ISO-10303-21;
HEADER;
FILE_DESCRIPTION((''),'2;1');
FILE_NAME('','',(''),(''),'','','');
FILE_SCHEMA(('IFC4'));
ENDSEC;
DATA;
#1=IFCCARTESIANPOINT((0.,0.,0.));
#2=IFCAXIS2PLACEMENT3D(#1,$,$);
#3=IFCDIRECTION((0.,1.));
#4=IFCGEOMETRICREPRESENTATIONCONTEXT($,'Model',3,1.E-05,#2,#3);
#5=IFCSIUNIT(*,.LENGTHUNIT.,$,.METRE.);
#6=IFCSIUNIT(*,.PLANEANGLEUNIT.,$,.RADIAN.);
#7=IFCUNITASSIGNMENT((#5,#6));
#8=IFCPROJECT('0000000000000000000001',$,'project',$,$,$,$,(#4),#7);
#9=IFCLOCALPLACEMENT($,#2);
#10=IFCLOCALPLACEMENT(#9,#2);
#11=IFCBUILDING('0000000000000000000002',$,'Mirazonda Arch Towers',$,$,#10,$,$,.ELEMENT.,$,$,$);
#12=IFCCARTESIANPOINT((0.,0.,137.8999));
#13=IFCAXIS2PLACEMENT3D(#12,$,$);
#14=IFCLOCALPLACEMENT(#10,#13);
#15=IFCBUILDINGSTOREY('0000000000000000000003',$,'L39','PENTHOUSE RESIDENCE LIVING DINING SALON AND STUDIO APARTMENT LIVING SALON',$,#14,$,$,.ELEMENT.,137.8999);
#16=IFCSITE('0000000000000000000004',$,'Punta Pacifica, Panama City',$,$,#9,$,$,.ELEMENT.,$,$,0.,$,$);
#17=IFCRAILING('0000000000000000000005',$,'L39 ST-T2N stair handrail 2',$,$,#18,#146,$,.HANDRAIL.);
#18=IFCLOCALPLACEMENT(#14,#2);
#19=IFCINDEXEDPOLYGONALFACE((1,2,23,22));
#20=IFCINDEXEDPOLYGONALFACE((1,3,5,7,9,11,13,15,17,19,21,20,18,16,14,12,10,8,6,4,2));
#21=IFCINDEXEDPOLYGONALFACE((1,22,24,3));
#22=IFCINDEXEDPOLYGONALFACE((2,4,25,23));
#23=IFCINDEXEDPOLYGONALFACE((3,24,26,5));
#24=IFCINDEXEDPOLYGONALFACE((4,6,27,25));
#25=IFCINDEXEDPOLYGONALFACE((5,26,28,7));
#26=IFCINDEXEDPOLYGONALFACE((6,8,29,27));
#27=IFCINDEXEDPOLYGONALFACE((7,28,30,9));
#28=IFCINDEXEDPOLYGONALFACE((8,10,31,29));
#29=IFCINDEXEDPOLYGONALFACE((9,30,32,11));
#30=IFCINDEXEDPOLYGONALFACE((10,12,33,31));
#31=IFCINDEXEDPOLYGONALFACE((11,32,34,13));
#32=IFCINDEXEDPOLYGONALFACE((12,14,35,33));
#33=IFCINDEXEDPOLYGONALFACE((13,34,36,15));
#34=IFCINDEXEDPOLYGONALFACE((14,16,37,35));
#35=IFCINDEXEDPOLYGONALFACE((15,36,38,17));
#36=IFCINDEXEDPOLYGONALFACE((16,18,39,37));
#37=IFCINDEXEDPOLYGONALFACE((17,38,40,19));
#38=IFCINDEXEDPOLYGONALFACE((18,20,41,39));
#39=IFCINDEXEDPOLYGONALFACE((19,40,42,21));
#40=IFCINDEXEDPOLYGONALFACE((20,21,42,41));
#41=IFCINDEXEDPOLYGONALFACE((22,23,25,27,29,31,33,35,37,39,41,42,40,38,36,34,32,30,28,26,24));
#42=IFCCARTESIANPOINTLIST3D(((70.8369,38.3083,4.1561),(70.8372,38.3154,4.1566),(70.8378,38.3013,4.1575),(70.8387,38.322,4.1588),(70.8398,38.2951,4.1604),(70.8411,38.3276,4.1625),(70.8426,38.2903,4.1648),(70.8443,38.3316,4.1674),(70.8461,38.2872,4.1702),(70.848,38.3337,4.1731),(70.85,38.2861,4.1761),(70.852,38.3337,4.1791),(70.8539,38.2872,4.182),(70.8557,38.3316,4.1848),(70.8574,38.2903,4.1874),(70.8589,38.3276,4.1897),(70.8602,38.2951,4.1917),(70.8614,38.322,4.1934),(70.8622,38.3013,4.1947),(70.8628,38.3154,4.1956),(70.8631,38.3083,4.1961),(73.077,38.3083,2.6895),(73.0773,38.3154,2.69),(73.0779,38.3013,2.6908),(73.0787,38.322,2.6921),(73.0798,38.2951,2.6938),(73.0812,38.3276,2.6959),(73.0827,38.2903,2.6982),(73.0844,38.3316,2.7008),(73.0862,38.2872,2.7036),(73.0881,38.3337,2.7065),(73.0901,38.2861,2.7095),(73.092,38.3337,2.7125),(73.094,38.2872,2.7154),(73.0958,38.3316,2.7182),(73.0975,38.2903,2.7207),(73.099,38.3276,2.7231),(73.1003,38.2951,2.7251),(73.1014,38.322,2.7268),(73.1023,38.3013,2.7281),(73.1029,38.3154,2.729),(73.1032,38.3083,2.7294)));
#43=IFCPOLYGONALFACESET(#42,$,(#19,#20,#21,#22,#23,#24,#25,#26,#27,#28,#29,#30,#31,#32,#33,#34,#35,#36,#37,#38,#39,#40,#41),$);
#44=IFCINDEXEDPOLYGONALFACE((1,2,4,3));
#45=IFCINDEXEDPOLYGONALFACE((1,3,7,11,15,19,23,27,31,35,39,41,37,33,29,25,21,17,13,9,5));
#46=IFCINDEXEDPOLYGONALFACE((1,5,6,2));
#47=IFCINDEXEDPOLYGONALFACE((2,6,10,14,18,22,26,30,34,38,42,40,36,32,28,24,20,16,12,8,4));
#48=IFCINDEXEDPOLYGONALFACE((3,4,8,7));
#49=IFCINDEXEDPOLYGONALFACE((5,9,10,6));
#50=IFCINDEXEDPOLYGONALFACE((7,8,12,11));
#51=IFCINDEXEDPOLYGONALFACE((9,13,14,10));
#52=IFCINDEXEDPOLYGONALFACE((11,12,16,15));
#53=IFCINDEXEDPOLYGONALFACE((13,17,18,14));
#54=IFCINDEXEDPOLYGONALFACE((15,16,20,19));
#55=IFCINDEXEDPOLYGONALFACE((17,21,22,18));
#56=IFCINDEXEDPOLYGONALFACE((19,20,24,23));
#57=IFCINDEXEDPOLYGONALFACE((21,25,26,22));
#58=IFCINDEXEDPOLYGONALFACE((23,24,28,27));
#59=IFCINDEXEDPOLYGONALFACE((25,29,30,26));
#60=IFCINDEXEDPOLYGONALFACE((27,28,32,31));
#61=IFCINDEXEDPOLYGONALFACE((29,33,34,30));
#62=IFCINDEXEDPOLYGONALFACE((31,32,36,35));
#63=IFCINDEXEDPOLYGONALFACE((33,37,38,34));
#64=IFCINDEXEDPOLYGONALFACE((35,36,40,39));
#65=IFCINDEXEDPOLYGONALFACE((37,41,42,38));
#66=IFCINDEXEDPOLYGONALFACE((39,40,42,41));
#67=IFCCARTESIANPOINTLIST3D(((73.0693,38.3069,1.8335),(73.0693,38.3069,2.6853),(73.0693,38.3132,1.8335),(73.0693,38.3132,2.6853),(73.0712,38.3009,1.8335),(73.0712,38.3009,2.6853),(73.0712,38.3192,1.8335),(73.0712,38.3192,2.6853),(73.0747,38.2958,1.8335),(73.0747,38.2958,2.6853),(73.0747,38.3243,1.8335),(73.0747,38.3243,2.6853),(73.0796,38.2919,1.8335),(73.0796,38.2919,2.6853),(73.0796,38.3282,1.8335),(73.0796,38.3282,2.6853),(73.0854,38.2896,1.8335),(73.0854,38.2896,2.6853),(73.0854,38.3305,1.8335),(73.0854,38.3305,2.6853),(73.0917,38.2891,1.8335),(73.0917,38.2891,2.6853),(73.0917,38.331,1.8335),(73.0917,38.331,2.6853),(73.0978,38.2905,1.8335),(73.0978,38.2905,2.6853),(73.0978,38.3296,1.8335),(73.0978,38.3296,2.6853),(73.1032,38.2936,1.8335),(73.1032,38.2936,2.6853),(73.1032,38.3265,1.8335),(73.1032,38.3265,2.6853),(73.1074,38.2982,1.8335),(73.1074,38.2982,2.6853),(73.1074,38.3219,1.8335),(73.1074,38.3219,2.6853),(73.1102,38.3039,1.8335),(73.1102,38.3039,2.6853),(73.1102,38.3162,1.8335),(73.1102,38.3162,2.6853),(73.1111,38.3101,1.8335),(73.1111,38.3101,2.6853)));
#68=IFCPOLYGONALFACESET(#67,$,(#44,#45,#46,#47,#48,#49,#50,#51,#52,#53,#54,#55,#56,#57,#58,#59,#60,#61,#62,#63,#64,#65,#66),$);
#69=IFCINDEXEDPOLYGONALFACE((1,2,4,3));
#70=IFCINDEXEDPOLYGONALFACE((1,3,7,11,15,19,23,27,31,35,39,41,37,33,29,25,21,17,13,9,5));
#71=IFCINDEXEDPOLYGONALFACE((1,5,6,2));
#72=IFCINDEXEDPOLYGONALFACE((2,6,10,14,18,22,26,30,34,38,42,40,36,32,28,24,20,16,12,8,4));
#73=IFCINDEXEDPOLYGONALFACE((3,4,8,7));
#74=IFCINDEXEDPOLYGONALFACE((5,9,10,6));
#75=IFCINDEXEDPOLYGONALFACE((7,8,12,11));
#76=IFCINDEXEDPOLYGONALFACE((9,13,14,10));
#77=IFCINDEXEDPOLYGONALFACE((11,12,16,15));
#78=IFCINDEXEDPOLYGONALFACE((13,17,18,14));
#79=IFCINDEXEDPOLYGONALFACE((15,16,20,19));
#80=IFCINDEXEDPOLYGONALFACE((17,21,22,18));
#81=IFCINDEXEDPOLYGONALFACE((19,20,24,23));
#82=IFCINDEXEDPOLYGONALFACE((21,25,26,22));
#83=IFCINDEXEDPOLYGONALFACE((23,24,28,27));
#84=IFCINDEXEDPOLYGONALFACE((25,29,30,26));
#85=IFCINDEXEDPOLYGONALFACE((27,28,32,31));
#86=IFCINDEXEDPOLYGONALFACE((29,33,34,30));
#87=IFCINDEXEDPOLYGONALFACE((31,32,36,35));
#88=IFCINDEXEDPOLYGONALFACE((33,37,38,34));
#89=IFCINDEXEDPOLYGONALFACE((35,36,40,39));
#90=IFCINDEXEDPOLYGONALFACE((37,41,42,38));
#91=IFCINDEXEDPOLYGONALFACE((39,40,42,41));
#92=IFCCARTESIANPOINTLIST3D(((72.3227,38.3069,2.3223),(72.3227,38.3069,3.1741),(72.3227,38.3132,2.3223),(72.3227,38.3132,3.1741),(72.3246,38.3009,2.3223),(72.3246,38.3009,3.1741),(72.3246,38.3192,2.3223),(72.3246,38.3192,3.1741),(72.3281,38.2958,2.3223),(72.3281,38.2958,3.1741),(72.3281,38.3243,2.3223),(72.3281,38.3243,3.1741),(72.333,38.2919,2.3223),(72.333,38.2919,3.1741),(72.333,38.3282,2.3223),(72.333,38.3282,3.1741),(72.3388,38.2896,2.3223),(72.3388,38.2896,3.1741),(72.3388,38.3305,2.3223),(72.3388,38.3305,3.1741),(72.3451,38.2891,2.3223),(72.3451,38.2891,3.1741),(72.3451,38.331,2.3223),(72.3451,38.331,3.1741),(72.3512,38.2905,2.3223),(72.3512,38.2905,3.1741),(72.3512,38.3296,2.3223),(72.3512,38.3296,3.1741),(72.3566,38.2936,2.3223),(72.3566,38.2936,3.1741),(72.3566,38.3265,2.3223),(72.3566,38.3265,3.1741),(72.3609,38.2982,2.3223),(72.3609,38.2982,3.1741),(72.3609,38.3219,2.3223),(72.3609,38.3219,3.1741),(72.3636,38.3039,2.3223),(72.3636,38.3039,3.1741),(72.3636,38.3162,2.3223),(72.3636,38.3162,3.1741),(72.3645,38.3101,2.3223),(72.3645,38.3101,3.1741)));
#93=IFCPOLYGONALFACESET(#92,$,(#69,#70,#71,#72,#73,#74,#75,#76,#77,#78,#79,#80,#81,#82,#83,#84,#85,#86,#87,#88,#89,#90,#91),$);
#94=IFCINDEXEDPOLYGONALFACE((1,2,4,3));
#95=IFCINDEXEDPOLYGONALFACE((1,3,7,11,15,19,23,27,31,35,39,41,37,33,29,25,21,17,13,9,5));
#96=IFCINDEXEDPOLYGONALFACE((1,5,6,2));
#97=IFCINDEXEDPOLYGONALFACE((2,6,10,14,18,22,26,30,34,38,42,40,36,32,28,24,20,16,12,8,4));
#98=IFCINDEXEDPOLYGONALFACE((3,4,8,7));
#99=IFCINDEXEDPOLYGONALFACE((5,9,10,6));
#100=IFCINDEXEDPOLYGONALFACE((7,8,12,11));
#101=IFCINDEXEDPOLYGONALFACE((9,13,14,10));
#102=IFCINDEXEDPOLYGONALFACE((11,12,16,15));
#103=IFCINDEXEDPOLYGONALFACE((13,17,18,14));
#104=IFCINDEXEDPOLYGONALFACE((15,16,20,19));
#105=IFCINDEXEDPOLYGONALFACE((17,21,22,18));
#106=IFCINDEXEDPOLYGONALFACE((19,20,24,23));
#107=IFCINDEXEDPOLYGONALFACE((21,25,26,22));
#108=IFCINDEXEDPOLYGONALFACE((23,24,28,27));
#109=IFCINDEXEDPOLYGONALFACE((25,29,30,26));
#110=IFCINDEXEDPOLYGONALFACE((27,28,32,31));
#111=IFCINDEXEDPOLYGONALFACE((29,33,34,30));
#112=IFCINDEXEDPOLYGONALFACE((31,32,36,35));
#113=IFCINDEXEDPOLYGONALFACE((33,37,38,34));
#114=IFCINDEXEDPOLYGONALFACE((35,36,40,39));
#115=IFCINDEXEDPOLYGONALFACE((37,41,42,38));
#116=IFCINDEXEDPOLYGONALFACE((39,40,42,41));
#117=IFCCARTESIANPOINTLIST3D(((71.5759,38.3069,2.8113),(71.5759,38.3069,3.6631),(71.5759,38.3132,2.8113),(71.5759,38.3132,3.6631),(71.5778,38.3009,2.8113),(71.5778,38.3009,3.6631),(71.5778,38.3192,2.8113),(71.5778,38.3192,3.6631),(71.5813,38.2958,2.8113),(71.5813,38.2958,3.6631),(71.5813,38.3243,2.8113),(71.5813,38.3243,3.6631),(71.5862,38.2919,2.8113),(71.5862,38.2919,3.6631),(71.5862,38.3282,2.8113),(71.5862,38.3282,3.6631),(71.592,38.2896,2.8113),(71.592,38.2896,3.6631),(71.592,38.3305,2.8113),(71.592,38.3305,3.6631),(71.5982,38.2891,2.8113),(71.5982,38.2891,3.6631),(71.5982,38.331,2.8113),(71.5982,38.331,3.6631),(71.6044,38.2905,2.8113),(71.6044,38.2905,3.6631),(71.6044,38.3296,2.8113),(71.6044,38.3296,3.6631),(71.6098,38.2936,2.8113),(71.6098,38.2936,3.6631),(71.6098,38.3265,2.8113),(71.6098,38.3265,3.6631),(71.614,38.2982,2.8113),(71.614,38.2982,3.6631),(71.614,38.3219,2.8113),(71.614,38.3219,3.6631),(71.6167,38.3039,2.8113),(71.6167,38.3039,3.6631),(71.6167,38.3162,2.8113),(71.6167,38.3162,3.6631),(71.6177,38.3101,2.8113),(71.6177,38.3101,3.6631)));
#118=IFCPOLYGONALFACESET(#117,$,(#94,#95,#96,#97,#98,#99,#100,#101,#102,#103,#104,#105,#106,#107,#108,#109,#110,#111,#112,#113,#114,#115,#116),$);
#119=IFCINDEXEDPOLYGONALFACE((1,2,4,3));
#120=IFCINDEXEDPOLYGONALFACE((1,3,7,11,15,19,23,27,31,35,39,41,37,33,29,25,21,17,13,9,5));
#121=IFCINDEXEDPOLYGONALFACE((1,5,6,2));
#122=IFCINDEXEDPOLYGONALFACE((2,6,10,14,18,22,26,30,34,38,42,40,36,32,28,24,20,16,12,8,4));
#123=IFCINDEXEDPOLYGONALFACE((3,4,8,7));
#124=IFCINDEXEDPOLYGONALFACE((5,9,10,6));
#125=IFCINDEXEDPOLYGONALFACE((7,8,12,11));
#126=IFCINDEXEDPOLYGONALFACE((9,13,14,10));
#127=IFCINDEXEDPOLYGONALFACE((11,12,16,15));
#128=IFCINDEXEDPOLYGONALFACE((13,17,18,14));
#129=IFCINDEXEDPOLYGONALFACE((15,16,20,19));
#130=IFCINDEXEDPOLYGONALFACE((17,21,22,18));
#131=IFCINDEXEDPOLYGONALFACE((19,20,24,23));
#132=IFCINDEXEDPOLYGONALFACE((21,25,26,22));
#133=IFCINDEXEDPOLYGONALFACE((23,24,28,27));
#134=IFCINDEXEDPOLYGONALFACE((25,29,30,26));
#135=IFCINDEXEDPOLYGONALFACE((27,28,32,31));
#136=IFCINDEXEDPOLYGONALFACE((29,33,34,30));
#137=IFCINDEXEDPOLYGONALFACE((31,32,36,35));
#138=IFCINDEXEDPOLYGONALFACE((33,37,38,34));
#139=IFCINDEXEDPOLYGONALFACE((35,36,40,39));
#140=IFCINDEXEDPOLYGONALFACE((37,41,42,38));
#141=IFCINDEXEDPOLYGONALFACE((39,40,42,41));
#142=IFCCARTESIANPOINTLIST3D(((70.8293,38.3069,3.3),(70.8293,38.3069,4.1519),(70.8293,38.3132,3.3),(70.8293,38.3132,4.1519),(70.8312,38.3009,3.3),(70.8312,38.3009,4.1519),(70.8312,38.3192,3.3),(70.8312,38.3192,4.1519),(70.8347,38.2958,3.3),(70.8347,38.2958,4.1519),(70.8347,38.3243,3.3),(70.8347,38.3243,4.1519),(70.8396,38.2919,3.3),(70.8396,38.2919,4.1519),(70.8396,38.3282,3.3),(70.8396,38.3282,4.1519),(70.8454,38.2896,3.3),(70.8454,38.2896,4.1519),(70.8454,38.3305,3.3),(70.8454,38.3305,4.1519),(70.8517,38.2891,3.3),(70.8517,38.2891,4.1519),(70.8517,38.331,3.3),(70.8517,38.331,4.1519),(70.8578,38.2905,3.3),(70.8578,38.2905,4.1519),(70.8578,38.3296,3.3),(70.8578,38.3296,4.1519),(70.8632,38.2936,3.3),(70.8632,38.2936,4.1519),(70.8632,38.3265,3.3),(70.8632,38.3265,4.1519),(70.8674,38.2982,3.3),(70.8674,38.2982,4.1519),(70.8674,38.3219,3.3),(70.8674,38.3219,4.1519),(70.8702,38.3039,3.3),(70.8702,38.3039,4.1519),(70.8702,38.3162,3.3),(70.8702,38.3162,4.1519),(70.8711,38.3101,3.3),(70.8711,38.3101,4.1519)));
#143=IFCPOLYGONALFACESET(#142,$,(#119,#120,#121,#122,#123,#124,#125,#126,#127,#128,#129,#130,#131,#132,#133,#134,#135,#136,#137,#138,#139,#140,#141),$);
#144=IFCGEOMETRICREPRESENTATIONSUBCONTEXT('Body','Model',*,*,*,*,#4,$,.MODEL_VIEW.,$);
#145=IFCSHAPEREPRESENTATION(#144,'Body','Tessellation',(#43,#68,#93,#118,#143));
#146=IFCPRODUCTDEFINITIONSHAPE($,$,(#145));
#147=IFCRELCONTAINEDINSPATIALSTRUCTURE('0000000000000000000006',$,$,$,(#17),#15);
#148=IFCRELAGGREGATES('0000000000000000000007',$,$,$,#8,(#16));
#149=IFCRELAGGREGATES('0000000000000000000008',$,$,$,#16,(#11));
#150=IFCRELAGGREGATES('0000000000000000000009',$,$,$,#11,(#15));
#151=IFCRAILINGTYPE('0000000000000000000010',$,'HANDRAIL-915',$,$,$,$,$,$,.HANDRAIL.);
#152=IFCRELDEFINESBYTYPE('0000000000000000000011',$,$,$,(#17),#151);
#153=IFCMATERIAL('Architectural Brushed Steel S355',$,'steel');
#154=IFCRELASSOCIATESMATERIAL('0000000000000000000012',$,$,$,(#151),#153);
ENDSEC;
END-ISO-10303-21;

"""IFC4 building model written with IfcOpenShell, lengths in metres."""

from ifc_helpers import new_model, si_unit, direction, frame, origin, origin_2d, place, context, subcontext, project, spatial, circle, extrude, material, type_object, element, save


model = new_model("IFC4")

# Units and contexts
model_context = context("Model", 3, precision=1e-05, world=origin(), true_north=direction((0.0, 1.0)))
body_context = subcontext(model_context, "Body", "Model", "MODEL_VIEW")
ifc_project = project(units=[si_unit("LENGTHUNIT", "METRE"), si_unit("PLANEANGLEUNIT", "RADIAN")], contexts=[model_context])

# Site, building, storey
site_placement = place(None, origin())
site = spatial("IfcSite", under=ifc_project, at=site_placement, Name="Punta Pacifica, Panama City", CompositionType="ELEMENT", RefElevation=0.0)
building_placement = place(site_placement, origin())
building = spatial("IfcBuilding", under=site, at=building_placement, Name="Mirazonda Arch Towers", CompositionType="ELEMENT")
storey_placement = place(building_placement, frame((0.0, 0.0, 137.8999)))
storey = spatial("IfcBuildingStorey", under=building, at=storey_placement, Name="L39", Description="PENTHOUSE RESIDENCE LIVING DINING SALON AND STUDIO APARTMENT LIVING SALON", CompositionType="ELEMENT", Elevation=137.8999)

# Shared definitions
ifc_material_1 = material(Name="Architectural Brushed Steel S355", Category="steel")

# Railing
railing_type_1 = type_object("IfcRailingType", Name="HANDRAIL-915", PredefinedType="HANDRAIL", material=ifc_material_1)
railing_1_placement = place(storey_placement, frame((73.0901, 38.3101, 1.8335)))
element("IfcRailing", 1, at=railing_1_placement, inside=storey, type_object=railing_type_1, Name="L39 ST-T2N stair handrail 2", PredefinedType="HANDRAIL", context=body_context, shape_type="SweptSolid", body=[
    extrude(circle(Radius=0.0239, at=origin_2d()), frame((0.0, 0.0, 0.876), z_axis=(-0.836637, 0.0, 0.547758), x_axis=(0.0, -1.0, 0.0)), (0.0, 0.0, 1.0), 2.6775),
    extrude(circle(Radius=0.021, at=origin_2d()), origin(), (0.0, 0.0, 1.0), 0.8518),
    extrude(circle(Radius=0.021, at=origin_2d()), frame((-0.7466, 0.0, 0.4888)), (0.0, 0.0, 1.0), 0.8518),
    extrude(circle(Radius=0.021, at=origin_2d()), frame((-1.4934, 0.0, 0.9778)), (0.0, 0.0, 1.0), 0.8518),
    extrude(circle(Radius=0.021, at=origin_2d()), frame((-2.24, 0.0, 1.4666)), (0.0, 0.0, 1.0), 0.8518),
])

save(model, "model.ifc")
